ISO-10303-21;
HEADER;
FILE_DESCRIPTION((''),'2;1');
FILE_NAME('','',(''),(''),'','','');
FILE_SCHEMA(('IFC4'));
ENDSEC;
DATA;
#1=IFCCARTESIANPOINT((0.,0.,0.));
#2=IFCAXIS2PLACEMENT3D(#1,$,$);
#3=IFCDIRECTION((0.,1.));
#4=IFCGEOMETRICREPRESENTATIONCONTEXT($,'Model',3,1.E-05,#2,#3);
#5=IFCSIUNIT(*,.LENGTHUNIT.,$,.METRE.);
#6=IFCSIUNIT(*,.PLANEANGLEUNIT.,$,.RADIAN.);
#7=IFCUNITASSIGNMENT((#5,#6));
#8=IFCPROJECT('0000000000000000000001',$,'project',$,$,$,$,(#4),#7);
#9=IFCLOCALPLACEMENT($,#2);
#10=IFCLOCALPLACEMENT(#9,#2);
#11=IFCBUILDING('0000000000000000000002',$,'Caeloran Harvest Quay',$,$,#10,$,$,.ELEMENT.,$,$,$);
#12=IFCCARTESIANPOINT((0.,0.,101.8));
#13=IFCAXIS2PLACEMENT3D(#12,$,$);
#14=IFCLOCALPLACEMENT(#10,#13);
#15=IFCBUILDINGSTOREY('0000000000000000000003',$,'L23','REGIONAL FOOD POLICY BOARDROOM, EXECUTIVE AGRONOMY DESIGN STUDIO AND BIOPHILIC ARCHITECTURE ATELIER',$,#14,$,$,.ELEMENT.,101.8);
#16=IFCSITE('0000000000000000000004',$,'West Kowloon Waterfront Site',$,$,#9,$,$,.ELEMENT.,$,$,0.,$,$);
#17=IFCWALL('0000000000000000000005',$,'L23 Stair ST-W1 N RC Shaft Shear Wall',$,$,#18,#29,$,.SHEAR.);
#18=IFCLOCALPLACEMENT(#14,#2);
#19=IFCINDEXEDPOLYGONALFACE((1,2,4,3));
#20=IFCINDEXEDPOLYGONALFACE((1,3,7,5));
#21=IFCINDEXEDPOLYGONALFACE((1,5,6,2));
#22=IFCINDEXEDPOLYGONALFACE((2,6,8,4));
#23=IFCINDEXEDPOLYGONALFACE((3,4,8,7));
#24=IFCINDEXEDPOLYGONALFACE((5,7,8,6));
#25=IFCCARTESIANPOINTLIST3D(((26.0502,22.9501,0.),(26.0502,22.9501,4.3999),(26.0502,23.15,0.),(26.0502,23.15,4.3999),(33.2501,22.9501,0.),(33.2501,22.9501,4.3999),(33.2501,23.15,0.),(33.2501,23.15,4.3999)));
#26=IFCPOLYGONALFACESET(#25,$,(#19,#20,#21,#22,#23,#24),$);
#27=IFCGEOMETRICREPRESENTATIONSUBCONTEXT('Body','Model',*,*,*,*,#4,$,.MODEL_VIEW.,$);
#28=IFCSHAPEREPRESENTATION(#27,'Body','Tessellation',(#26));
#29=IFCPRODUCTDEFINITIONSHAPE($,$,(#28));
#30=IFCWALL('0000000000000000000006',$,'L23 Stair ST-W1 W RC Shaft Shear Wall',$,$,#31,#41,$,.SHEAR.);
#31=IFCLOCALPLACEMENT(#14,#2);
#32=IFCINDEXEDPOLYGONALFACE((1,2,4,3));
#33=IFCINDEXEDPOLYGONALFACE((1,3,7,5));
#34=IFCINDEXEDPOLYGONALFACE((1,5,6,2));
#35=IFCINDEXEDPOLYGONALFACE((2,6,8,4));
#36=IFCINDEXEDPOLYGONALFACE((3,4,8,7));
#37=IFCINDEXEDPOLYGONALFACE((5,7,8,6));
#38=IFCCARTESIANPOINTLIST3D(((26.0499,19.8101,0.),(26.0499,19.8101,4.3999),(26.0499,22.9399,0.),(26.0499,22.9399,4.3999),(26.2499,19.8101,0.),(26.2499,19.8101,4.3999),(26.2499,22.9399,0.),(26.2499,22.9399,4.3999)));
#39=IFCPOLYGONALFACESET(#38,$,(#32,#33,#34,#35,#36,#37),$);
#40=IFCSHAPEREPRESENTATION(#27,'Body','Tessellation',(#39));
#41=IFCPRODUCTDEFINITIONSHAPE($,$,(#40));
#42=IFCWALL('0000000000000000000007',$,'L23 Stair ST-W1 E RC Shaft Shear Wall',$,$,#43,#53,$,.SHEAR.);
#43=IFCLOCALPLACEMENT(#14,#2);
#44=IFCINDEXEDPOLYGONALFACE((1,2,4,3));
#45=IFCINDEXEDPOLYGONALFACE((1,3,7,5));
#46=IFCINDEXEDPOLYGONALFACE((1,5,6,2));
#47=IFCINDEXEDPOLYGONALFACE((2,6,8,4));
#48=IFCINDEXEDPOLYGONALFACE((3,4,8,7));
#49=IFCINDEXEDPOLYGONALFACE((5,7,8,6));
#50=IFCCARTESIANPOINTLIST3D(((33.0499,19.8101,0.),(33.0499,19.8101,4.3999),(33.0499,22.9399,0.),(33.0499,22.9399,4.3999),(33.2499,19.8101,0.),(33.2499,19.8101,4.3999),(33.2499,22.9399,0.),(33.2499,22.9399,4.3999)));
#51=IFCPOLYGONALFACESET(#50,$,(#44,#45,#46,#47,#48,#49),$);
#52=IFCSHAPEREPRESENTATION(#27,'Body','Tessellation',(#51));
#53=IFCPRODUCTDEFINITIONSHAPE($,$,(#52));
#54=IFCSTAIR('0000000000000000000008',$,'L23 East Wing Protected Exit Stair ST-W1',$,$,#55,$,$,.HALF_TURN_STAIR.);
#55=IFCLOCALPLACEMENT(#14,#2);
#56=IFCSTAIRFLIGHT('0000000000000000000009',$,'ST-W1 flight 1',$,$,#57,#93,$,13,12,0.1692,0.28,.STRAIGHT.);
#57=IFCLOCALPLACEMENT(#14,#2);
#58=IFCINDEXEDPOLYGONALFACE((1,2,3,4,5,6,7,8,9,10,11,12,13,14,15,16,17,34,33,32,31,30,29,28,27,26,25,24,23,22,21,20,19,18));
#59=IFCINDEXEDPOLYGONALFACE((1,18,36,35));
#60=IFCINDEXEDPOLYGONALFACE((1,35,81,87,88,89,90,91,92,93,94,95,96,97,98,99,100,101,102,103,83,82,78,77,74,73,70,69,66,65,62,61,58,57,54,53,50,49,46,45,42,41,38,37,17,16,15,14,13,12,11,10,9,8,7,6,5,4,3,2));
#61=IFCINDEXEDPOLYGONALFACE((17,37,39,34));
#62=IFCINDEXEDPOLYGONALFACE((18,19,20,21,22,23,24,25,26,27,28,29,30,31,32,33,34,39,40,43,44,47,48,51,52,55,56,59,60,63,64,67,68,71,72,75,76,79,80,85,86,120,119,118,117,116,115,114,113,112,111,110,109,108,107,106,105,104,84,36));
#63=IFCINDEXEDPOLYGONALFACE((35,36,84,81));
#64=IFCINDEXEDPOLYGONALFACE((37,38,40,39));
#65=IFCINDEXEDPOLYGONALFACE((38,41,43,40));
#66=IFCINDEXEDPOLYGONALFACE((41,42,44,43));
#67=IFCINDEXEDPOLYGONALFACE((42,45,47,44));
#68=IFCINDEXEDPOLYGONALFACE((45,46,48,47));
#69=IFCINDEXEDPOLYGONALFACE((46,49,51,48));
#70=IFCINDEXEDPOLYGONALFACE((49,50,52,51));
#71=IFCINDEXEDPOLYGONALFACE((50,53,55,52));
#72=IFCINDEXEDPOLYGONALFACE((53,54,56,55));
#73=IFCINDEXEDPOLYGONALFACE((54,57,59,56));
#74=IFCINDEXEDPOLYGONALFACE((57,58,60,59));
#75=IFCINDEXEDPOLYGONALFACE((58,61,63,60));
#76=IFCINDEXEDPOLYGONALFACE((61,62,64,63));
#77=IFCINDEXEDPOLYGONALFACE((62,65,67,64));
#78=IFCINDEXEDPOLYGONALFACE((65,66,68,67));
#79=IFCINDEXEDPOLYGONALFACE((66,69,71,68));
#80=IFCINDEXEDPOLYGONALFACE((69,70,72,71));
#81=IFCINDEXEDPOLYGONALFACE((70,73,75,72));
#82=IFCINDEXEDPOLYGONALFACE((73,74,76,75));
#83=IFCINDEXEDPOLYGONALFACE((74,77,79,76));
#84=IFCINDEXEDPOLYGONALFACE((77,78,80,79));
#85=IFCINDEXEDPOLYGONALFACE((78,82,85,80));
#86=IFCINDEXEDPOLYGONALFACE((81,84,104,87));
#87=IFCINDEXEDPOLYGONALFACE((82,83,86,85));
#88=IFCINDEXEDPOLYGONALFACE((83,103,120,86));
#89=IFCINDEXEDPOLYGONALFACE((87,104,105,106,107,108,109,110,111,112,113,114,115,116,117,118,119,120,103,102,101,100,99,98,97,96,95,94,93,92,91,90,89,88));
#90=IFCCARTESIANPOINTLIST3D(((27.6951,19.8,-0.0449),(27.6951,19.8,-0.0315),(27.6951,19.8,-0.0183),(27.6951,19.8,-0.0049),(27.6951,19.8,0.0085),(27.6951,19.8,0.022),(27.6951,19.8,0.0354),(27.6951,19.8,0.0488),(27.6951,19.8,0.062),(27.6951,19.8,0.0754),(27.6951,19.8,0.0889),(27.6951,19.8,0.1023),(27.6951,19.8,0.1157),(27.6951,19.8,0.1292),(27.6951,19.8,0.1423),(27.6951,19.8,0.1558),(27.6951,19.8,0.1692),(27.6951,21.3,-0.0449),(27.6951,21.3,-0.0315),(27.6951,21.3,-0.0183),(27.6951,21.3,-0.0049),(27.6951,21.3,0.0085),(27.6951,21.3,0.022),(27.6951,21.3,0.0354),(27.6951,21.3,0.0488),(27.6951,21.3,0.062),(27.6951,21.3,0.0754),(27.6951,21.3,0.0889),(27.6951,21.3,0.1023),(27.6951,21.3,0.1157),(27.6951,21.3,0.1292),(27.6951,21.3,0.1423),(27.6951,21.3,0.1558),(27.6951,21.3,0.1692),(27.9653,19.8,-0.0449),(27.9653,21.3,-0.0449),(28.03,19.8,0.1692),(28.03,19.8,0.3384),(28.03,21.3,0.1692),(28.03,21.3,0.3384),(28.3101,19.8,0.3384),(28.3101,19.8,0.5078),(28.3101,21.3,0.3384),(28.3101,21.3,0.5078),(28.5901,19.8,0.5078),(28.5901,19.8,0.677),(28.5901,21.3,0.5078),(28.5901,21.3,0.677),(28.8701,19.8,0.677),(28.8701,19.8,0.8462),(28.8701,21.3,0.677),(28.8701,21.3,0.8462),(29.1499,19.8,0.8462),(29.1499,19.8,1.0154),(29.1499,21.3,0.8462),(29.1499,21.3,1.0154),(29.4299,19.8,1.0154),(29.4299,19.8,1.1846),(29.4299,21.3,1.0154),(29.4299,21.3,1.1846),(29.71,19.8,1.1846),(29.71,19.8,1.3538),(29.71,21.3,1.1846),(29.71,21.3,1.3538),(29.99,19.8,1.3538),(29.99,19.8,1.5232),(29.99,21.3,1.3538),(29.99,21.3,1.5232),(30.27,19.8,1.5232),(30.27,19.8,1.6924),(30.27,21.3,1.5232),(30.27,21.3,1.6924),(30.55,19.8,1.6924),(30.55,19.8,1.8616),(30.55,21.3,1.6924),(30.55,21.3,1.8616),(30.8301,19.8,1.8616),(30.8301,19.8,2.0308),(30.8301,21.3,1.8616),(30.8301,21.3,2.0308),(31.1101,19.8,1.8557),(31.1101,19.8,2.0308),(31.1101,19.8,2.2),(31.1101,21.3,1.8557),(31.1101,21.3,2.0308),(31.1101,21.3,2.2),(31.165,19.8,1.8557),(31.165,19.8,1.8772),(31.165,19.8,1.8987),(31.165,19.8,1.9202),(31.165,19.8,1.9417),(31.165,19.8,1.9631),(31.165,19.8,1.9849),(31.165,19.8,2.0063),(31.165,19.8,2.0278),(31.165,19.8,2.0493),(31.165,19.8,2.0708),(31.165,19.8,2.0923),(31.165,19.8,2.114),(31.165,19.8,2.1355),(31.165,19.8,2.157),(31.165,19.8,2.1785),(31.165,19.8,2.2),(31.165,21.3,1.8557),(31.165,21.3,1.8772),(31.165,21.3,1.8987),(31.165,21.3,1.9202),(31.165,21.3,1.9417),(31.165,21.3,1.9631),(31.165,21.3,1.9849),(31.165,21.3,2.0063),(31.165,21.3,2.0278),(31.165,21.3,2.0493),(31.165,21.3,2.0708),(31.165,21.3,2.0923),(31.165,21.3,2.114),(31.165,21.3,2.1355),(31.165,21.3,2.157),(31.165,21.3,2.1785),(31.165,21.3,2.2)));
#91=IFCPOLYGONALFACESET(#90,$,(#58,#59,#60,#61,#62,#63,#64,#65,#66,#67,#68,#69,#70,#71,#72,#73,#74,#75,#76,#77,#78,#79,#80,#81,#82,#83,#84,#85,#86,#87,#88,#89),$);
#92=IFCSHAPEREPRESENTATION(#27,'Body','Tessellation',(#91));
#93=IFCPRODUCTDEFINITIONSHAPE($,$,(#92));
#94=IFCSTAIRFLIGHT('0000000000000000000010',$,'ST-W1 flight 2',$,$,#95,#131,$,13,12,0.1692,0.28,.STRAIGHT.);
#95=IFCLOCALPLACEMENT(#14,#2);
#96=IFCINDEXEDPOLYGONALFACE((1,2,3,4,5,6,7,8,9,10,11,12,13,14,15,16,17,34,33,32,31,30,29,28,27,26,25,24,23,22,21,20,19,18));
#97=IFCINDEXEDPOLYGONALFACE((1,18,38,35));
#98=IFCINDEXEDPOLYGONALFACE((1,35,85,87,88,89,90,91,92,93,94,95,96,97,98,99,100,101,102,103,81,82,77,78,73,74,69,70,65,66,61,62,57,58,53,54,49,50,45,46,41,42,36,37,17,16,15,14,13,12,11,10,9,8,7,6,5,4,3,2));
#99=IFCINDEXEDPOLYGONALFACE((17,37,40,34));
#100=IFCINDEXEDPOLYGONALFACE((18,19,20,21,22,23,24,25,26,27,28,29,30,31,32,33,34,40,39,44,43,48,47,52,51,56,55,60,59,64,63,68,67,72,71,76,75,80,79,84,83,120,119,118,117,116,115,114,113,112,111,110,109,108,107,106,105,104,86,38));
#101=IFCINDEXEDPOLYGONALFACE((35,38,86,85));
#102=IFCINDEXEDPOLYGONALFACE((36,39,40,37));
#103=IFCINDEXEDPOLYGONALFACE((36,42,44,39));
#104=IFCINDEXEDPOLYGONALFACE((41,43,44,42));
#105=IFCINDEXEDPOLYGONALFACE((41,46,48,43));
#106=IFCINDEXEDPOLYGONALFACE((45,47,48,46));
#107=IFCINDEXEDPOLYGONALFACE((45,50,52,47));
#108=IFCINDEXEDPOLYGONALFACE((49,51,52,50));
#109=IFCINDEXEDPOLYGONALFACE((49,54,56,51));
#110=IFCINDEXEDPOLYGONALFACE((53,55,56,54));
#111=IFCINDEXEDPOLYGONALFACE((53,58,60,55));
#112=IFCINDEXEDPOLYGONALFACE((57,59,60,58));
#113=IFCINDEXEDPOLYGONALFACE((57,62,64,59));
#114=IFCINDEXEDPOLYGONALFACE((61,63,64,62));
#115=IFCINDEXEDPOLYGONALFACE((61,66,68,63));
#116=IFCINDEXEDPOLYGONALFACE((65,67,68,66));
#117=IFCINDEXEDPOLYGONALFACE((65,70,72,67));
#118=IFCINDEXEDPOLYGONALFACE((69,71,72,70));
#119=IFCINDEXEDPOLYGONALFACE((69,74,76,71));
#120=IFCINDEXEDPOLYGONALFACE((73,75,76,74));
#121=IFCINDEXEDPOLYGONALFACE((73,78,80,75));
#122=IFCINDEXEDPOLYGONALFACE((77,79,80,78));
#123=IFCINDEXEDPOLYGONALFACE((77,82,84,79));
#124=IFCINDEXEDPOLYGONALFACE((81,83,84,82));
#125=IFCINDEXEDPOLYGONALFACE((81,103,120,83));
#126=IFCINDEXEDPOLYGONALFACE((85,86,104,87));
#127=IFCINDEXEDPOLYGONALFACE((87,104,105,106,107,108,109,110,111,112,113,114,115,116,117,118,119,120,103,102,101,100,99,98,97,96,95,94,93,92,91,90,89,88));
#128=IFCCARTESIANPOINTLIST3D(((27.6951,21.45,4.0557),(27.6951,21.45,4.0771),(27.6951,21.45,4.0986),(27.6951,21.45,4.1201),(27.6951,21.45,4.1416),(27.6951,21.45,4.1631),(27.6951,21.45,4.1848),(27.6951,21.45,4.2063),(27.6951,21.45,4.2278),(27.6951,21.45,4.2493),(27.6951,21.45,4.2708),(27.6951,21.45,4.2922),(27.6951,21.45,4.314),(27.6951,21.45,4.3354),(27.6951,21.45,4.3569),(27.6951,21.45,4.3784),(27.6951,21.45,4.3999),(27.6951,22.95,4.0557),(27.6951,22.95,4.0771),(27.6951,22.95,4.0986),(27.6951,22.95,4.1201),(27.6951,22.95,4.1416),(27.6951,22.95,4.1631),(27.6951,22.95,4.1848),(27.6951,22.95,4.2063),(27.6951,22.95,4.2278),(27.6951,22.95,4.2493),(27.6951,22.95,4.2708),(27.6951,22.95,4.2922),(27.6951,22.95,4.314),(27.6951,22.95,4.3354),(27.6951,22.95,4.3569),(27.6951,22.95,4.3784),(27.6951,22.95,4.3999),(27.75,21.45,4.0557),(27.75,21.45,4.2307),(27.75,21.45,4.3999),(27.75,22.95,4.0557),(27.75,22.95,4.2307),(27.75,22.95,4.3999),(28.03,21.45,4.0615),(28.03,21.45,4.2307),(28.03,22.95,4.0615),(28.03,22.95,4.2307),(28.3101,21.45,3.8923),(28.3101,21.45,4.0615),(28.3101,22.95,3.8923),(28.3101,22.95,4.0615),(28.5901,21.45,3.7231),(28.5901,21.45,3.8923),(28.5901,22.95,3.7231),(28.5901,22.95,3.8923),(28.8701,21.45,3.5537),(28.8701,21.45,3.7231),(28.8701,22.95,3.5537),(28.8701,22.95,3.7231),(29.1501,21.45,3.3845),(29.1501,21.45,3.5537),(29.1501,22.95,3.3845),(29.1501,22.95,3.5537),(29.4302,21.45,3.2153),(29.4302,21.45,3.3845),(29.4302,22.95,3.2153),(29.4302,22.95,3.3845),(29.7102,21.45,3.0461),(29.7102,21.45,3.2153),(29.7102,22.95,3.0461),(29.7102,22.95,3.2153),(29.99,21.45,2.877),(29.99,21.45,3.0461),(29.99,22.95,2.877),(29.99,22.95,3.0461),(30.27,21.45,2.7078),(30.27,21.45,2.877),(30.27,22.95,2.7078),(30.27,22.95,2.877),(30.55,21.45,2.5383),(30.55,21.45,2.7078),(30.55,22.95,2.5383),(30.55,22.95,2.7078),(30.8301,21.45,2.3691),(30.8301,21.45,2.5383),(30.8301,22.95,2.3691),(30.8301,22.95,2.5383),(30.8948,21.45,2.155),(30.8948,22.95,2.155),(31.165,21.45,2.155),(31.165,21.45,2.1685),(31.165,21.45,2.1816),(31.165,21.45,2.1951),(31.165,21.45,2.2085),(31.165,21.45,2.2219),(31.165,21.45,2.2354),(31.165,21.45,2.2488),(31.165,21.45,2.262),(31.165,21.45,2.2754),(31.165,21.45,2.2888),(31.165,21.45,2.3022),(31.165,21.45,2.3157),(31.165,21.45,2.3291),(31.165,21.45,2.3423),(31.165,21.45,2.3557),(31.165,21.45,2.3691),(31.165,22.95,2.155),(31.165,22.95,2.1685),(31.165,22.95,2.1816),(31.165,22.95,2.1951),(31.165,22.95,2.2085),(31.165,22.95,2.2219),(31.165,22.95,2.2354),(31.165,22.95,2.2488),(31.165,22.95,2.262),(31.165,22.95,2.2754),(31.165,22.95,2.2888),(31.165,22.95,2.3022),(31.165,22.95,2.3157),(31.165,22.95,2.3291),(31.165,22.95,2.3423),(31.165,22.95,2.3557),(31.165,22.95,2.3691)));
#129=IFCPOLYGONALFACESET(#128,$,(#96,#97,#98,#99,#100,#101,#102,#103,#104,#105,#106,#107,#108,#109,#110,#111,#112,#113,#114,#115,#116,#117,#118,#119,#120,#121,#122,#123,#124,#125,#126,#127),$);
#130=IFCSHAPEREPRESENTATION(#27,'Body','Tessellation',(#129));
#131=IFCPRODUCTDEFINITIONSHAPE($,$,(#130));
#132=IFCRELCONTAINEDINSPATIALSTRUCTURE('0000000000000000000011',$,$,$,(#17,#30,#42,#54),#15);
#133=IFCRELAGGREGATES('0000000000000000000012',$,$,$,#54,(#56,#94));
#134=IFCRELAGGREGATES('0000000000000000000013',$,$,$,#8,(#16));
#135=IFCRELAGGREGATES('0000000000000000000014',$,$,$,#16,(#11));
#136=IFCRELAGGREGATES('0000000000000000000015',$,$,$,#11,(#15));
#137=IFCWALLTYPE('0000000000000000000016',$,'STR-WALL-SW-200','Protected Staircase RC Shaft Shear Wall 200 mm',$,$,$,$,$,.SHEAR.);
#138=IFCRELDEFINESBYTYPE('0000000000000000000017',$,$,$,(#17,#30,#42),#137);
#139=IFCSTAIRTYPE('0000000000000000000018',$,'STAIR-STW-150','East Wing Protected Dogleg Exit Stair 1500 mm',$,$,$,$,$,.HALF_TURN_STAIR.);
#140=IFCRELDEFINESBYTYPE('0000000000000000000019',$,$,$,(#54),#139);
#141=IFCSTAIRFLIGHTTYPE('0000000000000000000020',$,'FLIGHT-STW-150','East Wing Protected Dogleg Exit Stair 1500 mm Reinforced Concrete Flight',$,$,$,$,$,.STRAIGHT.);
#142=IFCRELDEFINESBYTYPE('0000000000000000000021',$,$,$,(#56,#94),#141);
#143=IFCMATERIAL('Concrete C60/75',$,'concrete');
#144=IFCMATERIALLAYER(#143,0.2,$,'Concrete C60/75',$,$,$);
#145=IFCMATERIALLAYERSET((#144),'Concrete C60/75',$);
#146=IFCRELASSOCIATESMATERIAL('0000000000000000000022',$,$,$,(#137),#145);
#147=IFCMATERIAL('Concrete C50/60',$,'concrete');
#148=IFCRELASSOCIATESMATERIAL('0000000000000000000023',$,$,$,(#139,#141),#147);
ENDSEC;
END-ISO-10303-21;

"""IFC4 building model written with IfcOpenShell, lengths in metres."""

from ifc_helpers import new_model, si_unit, direction, frame, frame_2d, origin, place, context, subcontext, project, spatial, polyline, rectangle, outline, extrude, material, layer, layer_set, type_object, element, aggregate, save


model = new_model("IFC4")

# Units and contexts
model_context = context("Model", 3, precision=1e-05, world=origin(), true_north=direction((0.0, 1.0)))
body_context = subcontext(model_context, "Body", "Model", "MODEL_VIEW")
ifc_project = project(units=[si_unit("LENGTHUNIT", "METRE"), si_unit("PLANEANGLEUNIT", "RADIAN")], contexts=[model_context])

# Site, building, storey
site_placement = place(None, origin())
site = spatial("IfcSite", under=ifc_project, at=site_placement, Name="West Kowloon Waterfront Site", CompositionType="ELEMENT", RefElevation=0.0)
building_placement = place(site_placement, origin())
building = spatial("IfcBuilding", under=site, at=building_placement, Name="Caeloran Harvest Quay", CompositionType="ELEMENT")
storey_placement = place(building_placement, frame((0.0, 0.0, 101.8)))
storey = spatial("IfcBuildingStorey", under=building, at=storey_placement, Name="L23", Description="REGIONAL FOOD POLICY BOARDROOM, EXECUTIVE AGRONOMY DESIGN STUDIO AND BIOPHILIC ARCHITECTURE ATELIER", CompositionType="ELEMENT", Elevation=101.8)

# Shared definitions
ifc_material_1 = material(Name="Concrete C60/75", Category="concrete")
ifc_layer_1 = layer(ifc_material_1, 0.2, Name="Concrete C60/75")
ifc_layer_set_1 = layer_set([ifc_layer_1], Name="Concrete C60/75")
wall_type_1 = type_object("IfcWallType", Name="STR-WALL-SW-200", Description="Protected Staircase RC Shaft Shear Wall 200 mm", PredefinedType="SHEAR", material=ifc_layer_set_1)

# Walls
wall_1_placement = place(storey_placement, frame((26.05, 23.05, 0.0), z_axis=(0.0, 0.0, 1.0), x_axis=(1.0, 0.0, 0.0)))
element("IfcWall", 1, at=wall_1_placement, inside=storey, type_object=wall_type_1, Name="L23 Stair ST-W1 N RC Shaft Shear Wall", PredefinedType="SHEAR", context=body_context, shape_type="SweptSolid", body=[
    extrude(rectangle(XDim=7.2, YDim=0.2, at=frame_2d((3.6001, 0.0))), origin(), (0.0, 0.0, 1.0), 4.3999),
])
for number, where, z_axis, x_axis, name in (
    (2, (26.1499, 19.8101, 0.0), (0.0, 0.0, 1.0), (0.0, 1.0, 0.0), "L23 Stair ST-W1 W RC Shaft Shear Wall"),
    (3, (33.1499, 19.8101, 0.0), (0.0, 0.0, 1.0), (0.0, 1.0, 0.0), "L23 Stair ST-W1 E RC Shaft Shear Wall"),
):
    element("IfcWall", number, at=place(storey_placement, frame(where, z_axis=z_axis, x_axis=x_axis)), inside=storey, type_object=wall_type_1, Name=name, PredefinedType="SHEAR", context=body_context, shape_type="SweptSolid", body=[
        extrude(rectangle(XDim=3.1299, YDim=0.2, at=frame_2d((1.5649, 0.0))), origin(), (0.0, 0.0, 1.0), 4.3999),
    ])

# Stair, stair flights
ifc_material_2 = material(Name="Concrete C50/60", Category="concrete")
stair_type = type_object("IfcStairType", Name="STAIR-STW-150", Description="East Wing Protected Dogleg Exit Stair 1500 mm", PredefinedType="HALF_TURN_STAIR", material=ifc_material_2)
stair_placement = place(storey_placement, origin())
stair = element("IfcStair", 4, at=stair_placement, inside=storey, type_object=stair_type, Name="L23 East Wing Protected Exit Stair ST-W1", PredefinedType="HALF_TURN_STAIR")
stair_flight_type = type_object("IfcStairFlightType", Name="FLIGHT-STW-150", Description="East Wing Protected Dogleg Exit Stair 1500 mm Reinforced Concrete Flight", PredefinedType="STRAIGHT", material=ifc_material_2)
stair_flight_1_placement = place(storey_placement, frame((27.75, 20.55, 0.0), z_axis=(0.0, 0.0, 1.0), x_axis=(1.0, 0.0, 0.0)))
stair_flight_1 = element("IfcStairFlight", 5, at=stair_flight_1_placement, type_object=stair_flight_type, Name="ST-W1 flight 1", NumberOfRisers=13, NumberOfTreads=12, PredefinedType="STRAIGHT", RiserHeight=0.1692, TreadLength=0.28, context=body_context, shape_type="SweptSolid", body=[
    extrude(outline(polyline([(-0.0549, -0.0449), (-0.0549, -0.0315), (-0.0549, -0.0183), (-0.0549, -0.0049), (-0.0549, 0.0085), (-0.0549, 0.022), (-0.0549, 0.0354), (-0.0549, 0.0488), (-0.0549, 0.062), (-0.0549, 0.0754), (-0.0549, 0.0889), (-0.0549, 0.1023), (-0.0549, 0.1157), (-0.0549, 0.1292), (-0.0549, 0.1423), (-0.0549, 0.1558), (-0.0549, 0.1692), (0.28, 0.1692), (0.28, 0.3384), (0.5601, 0.3384), (0.5601, 0.5078), (0.8401, 0.5078), (0.8401, 0.677), (1.1201, 0.677), (1.1201, 0.8462), (1.3999, 0.8462), (1.3999, 1.0154), (1.6799, 1.0154), (1.6799, 1.1846), (1.96, 1.1846), (1.96, 1.3538), (2.24, 1.3538), (2.24, 1.5232), (2.52, 1.5232), (2.52, 1.6924), (2.8, 1.6924), (2.8, 1.8616), (3.0801, 1.8616), (3.0801, 2.0308), (3.3601, 2.0308), (3.3601, 2.2), (3.415, 2.2), (3.415, 2.1785), (3.415, 2.157), (3.415, 2.1355), (3.415, 2.114), (3.415, 2.0923), (3.415, 2.0708), (3.415, 2.0493), (3.415, 2.0278), (3.415, 2.0063), (3.415, 1.9849), (3.415, 1.9631), (3.415, 1.9417), (3.415, 1.9202), (3.415, 1.8987), (3.415, 1.8772), (3.415, 1.8557), (3.3601, 1.8557), (0.2153, -0.0449), (-0.0549, -0.0449)])), frame((0.0, 0.75, 0.0), z_axis=(0.0, -1.0, 0.0), x_axis=(1.0, 0.0, 0.0)), (0.0, 0.0, 1.0), 1.5),
])
stair_flight_2_placement = place(storey_placement, frame((31.1101, 22.2, 2.2), z_axis=(0.0, 0.0, 1.0), x_axis=(-1.0, 0.0, 0.0)))
stair_flight_2 = element("IfcStairFlight", 6, at=stair_flight_2_placement, type_object=stair_flight_type, Name="ST-W1 flight 2", NumberOfRisers=13, NumberOfTreads=12, PredefinedType="STRAIGHT", RiserHeight=0.1692, TreadLength=0.28, context=body_context, shape_type="SweptSolid", body=[
    extrude(outline(polyline([(-0.0549, -0.0449), (-0.0549, -0.0315), (-0.0549, -0.0183), (-0.0549, -0.0049), (-0.0549, 0.0085), (-0.0549, 0.022), (-0.0549, 0.0354), (-0.0549, 0.0488), (-0.0549, 0.062), (-0.0549, 0.0754), (-0.0549, 0.0889), (-0.0549, 0.1023), (-0.0549, 0.1157), (-0.0549, 0.1292), (-0.0549, 0.1423), (-0.0549, 0.1558), (-0.0549, 0.1692), (0.28, 0.1692), (0.28, 0.3384), (0.5601, 0.3384), (0.5601, 0.5078), (0.8401, 0.5078), (0.8401, 0.677), (1.1201, 0.677), (1.1201, 0.8462), (1.3999, 0.8462), (1.3999, 1.0154), (1.6799, 1.0154), (1.6799, 1.1846), (1.96, 1.1846), (1.96, 1.3538), (2.24, 1.3538), (2.24, 1.5232), (2.52, 1.5232), (2.52, 1.6924), (2.8, 1.6924), (2.8, 1.8616), (3.0801, 1.8616), (3.0801, 2.0308), (3.3601, 2.0308), (3.3601, 2.2), (3.415, 2.2), (3.415, 2.1785), (3.415, 2.157), (3.415, 2.1355), (3.415, 2.114), (3.415, 2.0923), (3.415, 2.0708), (3.415, 2.0493), (3.415, 2.0278), (3.415, 2.0063), (3.415, 1.9849), (3.415, 1.9631), (3.415, 1.9417), (3.415, 1.9202), (3.415, 1.8987), (3.415, 1.8772), (3.415, 1.8557), (3.3601, 1.8557), (0.2153, -0.0449), (-0.0549, -0.0449)])), frame((0.0, 0.75, 0.0), z_axis=(0.0, -1.0, 0.0), x_axis=(1.0, 0.0, 0.0)), (0.0, 0.0, 1.0), 1.5),
])
aggregate(stair, [stair_flight_1, stair_flight_2])

save(model, "model.ifc")
